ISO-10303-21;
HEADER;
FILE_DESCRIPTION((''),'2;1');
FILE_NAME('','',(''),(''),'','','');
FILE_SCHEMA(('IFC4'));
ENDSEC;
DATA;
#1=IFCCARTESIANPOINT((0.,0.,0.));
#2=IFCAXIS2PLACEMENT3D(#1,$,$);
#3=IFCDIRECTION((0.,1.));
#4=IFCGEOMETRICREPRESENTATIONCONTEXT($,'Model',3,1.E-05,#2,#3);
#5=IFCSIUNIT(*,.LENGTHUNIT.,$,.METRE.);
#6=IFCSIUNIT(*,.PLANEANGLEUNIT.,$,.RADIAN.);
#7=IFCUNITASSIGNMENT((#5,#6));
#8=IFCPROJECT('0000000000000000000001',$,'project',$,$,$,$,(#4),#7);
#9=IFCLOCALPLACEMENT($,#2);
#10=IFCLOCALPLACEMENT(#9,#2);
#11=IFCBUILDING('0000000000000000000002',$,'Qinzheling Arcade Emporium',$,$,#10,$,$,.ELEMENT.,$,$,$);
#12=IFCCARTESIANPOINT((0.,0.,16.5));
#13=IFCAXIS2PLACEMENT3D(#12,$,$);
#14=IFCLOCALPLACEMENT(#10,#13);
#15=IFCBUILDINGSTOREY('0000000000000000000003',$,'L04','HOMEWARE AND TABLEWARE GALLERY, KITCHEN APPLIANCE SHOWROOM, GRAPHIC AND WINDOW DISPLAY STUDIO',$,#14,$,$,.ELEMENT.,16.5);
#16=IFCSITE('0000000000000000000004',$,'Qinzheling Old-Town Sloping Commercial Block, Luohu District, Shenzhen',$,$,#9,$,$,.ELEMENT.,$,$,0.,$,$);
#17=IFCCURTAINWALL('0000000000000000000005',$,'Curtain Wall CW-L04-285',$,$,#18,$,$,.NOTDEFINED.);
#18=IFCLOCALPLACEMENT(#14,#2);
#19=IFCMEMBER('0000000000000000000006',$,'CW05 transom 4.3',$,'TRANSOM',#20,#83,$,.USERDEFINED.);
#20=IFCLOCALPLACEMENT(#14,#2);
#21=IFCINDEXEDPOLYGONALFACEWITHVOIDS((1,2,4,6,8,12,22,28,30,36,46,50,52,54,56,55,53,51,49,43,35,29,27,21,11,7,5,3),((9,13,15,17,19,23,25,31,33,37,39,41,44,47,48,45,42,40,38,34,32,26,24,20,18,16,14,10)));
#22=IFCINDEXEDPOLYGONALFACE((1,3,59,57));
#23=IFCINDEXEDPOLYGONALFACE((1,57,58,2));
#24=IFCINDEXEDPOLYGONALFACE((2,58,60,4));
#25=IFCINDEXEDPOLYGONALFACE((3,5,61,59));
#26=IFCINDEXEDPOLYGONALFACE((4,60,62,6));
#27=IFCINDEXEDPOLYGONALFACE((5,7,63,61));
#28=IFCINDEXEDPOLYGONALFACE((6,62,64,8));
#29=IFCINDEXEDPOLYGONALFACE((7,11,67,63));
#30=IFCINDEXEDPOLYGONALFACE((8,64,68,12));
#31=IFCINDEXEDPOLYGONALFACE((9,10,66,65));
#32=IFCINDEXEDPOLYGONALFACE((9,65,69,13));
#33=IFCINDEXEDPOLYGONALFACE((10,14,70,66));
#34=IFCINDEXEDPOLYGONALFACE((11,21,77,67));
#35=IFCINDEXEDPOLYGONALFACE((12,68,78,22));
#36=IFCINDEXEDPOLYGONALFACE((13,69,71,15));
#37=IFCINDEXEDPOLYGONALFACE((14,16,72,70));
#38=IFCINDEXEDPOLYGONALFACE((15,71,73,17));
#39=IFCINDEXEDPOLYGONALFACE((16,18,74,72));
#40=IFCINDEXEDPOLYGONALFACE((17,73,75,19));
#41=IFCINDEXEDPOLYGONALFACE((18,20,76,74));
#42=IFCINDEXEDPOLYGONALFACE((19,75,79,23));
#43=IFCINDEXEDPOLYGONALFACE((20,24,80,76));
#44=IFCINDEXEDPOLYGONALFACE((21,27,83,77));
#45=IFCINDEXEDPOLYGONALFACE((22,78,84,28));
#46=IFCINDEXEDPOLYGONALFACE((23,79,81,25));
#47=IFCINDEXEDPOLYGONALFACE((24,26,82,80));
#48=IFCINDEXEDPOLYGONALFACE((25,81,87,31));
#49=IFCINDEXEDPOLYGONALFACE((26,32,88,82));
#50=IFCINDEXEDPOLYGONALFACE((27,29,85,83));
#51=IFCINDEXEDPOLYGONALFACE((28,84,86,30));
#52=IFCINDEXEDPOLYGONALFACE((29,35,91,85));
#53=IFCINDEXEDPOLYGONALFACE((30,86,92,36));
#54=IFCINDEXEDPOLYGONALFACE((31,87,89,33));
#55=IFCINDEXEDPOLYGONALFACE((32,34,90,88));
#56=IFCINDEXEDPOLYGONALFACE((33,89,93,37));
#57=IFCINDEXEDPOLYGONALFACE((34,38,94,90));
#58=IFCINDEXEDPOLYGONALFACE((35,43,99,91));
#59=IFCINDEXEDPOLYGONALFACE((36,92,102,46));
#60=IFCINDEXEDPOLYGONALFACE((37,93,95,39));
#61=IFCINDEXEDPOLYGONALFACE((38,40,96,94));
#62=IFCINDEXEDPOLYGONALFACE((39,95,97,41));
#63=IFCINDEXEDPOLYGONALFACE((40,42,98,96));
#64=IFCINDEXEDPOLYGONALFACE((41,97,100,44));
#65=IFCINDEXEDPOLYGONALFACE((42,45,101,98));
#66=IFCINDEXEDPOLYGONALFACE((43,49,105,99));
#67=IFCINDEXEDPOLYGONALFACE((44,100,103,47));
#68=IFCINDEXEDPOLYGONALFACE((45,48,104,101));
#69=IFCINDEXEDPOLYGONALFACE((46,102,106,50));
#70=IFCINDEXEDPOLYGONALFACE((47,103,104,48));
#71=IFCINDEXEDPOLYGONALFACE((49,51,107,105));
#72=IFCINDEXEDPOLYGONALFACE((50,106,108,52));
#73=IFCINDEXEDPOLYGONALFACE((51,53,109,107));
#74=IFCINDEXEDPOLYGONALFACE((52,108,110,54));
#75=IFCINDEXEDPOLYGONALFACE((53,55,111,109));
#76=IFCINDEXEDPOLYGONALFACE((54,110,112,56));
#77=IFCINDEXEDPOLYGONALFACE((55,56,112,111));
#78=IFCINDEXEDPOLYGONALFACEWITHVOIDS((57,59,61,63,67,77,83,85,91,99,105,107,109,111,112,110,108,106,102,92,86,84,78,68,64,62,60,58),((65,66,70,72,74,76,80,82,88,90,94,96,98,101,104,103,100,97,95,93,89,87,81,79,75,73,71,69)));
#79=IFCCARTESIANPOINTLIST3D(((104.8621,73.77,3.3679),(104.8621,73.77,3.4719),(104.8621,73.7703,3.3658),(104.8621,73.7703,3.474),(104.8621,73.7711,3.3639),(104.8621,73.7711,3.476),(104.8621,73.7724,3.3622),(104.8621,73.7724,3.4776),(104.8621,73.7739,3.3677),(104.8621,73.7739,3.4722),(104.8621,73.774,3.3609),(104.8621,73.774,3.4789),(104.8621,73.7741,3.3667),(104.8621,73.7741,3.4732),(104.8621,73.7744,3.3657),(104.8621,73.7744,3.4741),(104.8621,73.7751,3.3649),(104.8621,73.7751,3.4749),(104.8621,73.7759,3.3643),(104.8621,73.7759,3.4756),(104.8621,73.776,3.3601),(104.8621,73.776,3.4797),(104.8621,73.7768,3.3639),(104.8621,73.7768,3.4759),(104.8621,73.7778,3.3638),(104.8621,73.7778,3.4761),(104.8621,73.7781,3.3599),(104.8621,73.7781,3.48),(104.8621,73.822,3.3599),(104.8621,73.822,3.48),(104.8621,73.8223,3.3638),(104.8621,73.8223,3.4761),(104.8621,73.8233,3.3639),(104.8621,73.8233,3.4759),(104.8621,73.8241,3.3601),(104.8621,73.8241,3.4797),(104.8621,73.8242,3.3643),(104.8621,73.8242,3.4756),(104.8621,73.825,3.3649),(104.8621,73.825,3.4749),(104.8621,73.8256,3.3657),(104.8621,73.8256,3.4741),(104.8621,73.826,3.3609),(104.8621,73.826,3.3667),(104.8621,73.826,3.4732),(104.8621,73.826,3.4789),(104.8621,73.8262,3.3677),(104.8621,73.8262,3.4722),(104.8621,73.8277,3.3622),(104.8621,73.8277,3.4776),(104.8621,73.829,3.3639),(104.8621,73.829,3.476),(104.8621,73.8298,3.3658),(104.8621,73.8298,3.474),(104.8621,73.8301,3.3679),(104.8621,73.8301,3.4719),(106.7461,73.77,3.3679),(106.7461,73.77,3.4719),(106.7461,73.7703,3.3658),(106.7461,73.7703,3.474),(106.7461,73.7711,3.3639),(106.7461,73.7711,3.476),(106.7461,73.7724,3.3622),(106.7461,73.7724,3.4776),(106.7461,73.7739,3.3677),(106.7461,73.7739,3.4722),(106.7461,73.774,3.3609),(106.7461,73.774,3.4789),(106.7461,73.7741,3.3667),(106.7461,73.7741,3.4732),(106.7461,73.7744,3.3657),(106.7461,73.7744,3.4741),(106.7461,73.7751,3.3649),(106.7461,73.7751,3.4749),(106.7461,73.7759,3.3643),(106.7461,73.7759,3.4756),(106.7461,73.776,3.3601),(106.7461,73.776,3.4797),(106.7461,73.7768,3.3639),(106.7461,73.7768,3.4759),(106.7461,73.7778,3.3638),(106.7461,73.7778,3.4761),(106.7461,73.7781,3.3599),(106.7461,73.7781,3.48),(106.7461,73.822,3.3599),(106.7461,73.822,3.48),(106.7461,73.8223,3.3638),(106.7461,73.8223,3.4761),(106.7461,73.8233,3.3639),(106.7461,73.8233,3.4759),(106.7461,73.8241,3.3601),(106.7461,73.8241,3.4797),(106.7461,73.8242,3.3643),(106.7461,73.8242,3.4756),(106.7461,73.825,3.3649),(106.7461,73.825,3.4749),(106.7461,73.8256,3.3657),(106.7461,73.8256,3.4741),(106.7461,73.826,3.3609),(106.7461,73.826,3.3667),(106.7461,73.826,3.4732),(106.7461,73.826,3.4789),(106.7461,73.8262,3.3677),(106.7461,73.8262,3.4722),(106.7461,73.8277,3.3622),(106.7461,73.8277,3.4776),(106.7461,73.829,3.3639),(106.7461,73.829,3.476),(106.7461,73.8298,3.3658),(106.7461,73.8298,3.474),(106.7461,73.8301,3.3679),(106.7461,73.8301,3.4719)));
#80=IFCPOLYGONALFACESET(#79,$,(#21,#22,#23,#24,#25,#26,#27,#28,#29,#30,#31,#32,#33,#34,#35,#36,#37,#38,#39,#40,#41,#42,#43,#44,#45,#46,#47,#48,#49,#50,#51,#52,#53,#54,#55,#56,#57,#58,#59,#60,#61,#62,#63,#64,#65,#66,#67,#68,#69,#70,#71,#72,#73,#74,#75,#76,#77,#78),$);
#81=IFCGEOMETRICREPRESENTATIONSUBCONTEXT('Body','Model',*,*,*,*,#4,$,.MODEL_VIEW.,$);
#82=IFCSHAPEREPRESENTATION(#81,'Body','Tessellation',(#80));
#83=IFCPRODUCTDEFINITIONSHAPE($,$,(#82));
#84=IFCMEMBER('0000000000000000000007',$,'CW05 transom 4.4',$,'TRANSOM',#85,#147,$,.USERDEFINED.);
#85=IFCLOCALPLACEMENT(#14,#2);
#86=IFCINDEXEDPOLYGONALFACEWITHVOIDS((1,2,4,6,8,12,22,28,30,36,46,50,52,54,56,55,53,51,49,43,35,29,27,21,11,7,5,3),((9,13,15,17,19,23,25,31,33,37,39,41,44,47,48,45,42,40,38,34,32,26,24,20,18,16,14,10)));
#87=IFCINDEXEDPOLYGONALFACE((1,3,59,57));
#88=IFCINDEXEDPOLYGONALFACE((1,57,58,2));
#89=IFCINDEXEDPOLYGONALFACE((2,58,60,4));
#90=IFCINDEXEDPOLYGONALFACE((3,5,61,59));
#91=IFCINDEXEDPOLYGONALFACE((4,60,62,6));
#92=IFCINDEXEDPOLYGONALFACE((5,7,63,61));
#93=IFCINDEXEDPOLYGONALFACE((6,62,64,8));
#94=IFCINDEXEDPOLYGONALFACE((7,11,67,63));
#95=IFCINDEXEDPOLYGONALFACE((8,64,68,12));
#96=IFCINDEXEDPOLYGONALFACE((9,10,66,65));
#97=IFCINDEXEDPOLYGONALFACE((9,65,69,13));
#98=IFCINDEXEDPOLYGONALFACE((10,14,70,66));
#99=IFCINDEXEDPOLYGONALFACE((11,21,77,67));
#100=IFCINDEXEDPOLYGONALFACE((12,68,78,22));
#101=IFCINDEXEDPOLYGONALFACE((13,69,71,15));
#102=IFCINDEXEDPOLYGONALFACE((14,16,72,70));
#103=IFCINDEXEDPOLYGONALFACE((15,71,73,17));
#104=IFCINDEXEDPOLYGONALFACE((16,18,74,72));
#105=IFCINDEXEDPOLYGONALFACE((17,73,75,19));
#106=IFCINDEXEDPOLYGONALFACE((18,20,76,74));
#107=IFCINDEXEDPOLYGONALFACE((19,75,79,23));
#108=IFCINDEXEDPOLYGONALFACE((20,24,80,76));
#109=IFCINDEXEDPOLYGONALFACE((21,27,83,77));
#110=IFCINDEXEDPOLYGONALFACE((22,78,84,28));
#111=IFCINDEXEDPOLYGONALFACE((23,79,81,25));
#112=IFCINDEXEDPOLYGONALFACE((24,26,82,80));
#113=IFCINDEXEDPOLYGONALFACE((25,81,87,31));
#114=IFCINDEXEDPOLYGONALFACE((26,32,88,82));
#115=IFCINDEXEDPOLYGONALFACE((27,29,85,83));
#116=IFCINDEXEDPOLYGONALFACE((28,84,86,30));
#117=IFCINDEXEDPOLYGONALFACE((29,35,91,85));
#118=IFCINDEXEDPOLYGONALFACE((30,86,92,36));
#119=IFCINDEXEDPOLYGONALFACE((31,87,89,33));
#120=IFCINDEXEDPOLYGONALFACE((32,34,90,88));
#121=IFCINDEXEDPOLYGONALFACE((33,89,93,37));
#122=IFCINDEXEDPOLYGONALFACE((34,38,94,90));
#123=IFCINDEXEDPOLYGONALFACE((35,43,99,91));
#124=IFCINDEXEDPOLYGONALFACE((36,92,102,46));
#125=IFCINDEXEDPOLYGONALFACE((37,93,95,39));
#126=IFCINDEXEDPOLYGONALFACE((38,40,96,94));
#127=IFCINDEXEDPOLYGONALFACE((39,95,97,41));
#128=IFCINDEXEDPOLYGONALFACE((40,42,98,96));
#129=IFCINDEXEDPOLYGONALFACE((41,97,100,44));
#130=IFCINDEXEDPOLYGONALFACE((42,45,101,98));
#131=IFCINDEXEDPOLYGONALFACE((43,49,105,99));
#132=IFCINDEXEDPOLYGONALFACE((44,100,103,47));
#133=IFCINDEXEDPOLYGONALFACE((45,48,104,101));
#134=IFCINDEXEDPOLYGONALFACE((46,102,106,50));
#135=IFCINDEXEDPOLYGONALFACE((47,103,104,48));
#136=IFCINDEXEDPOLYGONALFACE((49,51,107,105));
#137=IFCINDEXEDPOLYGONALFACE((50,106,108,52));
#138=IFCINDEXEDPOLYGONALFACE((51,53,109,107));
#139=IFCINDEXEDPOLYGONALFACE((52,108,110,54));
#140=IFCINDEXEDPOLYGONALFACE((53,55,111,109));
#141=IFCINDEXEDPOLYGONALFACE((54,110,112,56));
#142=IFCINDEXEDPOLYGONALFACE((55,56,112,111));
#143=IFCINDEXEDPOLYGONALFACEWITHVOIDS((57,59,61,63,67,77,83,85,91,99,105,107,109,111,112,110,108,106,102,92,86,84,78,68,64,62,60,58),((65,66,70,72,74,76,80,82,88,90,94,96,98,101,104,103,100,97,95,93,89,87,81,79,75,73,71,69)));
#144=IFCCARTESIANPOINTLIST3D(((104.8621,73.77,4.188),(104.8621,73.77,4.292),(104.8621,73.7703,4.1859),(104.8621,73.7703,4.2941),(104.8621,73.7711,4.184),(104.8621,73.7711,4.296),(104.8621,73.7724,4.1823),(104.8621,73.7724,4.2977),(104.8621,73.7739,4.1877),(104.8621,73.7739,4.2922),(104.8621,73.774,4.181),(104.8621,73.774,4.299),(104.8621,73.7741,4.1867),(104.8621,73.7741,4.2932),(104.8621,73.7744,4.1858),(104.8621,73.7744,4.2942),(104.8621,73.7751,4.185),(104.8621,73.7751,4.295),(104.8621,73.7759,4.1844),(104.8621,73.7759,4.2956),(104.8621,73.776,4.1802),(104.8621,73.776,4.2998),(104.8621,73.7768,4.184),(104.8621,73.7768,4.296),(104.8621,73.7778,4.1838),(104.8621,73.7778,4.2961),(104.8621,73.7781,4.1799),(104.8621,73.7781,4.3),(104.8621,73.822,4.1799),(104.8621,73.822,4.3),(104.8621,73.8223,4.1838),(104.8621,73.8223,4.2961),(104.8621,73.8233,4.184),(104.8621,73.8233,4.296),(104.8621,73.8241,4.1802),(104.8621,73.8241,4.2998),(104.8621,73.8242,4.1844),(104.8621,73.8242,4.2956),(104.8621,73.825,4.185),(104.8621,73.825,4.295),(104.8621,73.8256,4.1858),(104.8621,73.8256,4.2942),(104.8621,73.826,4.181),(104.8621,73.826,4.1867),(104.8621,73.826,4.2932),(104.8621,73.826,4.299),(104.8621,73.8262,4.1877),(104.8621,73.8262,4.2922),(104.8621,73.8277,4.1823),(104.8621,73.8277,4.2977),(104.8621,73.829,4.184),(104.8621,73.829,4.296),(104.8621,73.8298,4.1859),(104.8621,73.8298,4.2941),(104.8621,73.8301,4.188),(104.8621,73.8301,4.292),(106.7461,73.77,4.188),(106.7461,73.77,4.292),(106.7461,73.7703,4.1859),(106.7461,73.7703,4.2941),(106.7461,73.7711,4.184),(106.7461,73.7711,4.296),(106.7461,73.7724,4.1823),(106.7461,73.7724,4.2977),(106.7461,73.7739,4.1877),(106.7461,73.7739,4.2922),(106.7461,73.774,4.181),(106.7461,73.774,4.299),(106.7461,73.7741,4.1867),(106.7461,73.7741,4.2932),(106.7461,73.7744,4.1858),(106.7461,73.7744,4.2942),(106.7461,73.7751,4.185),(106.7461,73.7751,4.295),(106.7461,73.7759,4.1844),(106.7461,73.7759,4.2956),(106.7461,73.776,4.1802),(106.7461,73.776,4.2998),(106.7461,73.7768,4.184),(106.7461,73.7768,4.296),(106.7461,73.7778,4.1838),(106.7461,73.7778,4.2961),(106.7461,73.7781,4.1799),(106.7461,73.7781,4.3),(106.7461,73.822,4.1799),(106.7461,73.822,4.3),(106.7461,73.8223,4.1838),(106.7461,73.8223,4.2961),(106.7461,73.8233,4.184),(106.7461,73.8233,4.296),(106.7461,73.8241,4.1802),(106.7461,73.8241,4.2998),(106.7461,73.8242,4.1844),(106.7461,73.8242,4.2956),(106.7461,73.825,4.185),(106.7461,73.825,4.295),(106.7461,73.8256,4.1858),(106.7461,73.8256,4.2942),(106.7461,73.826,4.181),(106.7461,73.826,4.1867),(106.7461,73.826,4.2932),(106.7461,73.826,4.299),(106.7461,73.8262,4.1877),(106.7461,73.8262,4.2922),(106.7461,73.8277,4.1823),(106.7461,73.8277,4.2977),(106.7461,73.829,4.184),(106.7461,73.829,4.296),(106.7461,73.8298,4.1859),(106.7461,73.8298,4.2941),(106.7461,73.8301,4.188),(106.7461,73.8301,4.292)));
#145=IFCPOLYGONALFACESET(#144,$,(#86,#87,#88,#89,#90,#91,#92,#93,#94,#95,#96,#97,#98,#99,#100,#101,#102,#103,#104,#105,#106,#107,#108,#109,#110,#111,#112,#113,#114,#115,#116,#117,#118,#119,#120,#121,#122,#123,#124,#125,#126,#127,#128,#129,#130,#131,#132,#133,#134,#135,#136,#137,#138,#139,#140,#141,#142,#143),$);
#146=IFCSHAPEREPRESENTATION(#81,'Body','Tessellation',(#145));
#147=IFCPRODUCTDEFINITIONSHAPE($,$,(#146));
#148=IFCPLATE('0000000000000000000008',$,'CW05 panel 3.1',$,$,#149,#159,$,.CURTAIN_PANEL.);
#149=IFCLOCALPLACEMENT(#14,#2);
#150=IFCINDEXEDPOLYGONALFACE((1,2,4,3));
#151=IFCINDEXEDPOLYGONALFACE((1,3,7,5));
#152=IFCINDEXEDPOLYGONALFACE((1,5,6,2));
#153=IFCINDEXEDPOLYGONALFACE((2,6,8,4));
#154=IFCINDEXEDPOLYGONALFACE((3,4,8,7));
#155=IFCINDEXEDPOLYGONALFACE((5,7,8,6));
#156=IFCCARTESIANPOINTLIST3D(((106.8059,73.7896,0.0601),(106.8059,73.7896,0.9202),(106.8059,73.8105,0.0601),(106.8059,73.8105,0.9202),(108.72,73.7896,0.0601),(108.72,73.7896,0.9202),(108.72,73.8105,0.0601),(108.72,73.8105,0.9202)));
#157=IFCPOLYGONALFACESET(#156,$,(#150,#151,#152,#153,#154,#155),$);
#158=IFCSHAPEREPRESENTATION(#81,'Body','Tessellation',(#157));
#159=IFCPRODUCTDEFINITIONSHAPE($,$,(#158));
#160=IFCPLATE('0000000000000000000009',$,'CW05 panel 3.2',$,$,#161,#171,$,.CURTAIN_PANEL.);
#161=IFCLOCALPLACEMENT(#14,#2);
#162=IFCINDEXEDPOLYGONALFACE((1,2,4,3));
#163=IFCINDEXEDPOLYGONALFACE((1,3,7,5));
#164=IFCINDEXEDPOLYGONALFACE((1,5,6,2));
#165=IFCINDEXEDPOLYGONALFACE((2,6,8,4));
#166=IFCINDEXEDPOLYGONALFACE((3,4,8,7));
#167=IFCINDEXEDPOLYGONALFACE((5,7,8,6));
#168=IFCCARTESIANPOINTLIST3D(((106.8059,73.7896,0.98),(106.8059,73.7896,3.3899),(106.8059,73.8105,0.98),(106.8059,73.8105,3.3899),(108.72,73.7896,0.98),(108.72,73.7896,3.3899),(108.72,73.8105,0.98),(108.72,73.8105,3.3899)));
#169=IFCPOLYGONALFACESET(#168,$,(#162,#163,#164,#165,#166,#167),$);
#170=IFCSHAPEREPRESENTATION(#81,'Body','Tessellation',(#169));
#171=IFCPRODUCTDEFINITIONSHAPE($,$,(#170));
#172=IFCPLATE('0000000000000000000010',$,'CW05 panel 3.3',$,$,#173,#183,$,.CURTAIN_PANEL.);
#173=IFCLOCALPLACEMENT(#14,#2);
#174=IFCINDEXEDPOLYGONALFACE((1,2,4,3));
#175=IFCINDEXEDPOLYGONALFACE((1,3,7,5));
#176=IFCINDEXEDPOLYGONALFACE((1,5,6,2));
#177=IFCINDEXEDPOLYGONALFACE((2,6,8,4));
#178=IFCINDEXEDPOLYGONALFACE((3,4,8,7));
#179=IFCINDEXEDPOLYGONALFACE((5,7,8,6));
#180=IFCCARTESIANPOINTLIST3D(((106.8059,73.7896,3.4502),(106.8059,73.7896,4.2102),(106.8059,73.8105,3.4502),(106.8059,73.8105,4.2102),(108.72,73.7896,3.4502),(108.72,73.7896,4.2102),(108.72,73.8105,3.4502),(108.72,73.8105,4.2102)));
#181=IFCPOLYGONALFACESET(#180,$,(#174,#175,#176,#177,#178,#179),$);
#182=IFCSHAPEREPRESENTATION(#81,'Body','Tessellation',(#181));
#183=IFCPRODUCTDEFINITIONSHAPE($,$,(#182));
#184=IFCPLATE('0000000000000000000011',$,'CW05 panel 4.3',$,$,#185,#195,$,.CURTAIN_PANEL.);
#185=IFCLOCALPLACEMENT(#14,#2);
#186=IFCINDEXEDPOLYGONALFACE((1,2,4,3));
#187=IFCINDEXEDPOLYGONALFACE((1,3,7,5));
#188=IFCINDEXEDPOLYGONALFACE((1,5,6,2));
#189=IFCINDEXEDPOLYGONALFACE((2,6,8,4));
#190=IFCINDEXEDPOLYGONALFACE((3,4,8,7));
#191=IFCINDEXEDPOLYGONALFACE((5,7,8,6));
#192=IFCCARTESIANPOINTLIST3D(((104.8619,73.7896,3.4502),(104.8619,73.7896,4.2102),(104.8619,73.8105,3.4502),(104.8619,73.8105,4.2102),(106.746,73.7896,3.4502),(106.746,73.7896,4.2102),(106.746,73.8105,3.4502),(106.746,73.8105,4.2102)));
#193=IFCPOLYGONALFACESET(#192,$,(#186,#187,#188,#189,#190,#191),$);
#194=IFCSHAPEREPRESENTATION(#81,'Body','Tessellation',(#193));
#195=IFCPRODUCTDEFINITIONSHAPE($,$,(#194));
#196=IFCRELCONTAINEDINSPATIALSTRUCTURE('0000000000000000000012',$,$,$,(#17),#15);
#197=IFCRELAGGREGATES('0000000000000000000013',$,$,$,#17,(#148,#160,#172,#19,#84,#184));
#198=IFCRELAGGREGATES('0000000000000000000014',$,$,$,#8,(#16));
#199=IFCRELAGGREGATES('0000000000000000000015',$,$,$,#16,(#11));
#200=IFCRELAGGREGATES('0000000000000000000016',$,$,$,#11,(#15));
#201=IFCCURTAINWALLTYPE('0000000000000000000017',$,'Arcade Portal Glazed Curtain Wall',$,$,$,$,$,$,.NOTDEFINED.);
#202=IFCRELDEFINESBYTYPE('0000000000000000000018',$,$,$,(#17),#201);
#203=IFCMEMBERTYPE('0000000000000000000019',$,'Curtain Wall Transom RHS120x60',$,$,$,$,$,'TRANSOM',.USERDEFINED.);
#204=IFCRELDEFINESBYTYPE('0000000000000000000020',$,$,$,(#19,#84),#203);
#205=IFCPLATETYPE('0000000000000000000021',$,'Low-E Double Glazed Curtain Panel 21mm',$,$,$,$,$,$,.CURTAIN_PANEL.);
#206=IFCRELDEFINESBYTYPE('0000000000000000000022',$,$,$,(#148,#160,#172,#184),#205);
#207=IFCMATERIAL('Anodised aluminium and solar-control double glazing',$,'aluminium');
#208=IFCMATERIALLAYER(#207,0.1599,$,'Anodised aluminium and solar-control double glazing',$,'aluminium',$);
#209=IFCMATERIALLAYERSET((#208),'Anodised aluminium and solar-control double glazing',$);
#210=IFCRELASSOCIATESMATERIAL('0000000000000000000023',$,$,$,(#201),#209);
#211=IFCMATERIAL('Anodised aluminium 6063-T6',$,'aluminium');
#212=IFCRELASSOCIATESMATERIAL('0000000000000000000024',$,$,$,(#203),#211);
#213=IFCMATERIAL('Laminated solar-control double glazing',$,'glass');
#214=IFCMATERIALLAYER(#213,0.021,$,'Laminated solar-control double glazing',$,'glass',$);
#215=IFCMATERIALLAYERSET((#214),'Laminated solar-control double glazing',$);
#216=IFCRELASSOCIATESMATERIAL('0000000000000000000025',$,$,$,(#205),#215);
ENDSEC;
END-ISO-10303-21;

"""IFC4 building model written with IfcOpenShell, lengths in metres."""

from ifc_helpers import new_model, si_unit, direction, frame, origin, origin_2d, place, context, subcontext, project, spatial, rectangle, hollow_rectangle, extrude, material, layer, layer_set, material_profile, profile_set, type_object, element, aggregate, save


model = new_model("IFC4")

# Units and contexts
model_context = context("Model", 3, precision=1e-05, world=origin(), true_north=direction((0.0, 1.0)))
body_context = subcontext(model_context, "Body", "Model", "MODEL_VIEW")
ifc_project = project(units=[si_unit("LENGTHUNIT", "METRE"), si_unit("PLANEANGLEUNIT", "RADIAN")], contexts=[model_context])

# Site, building, storey
site_placement = place(None, origin())
site = spatial("IfcSite", under=ifc_project, at=site_placement, Name="Qinzheling Old-Town Sloping Commercial Block, Luohu District, Shenzhen", CompositionType="ELEMENT", RefElevation=0.0)
building_placement = place(site_placement, origin())
building = spatial("IfcBuilding", under=site, at=building_placement, Name="Qinzheling Arcade Emporium", CompositionType="ELEMENT")
storey_placement = place(building_placement, frame((0.0, 0.0, 16.5)))
storey = spatial("IfcBuildingStorey", under=building, at=storey_placement, Name="L04", Description="HOMEWARE AND TABLEWARE GALLERY, KITCHEN APPLIANCE SHOWROOM, GRAPHIC AND WINDOW DISPLAY STUDIO", CompositionType="ELEMENT", Elevation=16.5)

# Curtain wall, members, plates
ifc_material_1 = material(Name="Anodised aluminium and solar-control double glazing", Category="aluminium")
ifc_layer_1 = layer(ifc_material_1, 0.1599, Name="Anodised aluminium and solar-control double glazing", Category="aluminium")
ifc_layer_set_1 = layer_set([ifc_layer_1], Name="Anodised aluminium and solar-control double glazing")
curtain_wall_type = type_object("IfcCurtainWallType", Name="Arcade Portal Glazed Curtain Wall", PredefinedType="NOTDEFINED", material=ifc_layer_set_1)
curtain_wall_placement = place(storey_placement, origin())
curtain_wall = element("IfcCurtainWall", 1, at=curtain_wall_placement, inside=storey, type_object=curtain_wall_type, Name="Curtain Wall CW-L04-285", PredefinedType="NOTDEFINED")
ifc_material_2 = material(Name="Anodised aluminium 6063-T6", Category="aluminium")
ifc_material_profile_1 = material_profile(ifc_material_2, hollow_rectangle(XDim=0.0601, YDim=0.1201, WallThickness=0.0039, InnerFilletRadius=0.0039, OuterFilletRadius=0.0081, at=origin_2d()), Name="RHS 120x60x4", Category="aluminium")
ifc_profile_set_1 = profile_set([ifc_material_profile_1], Name="Anodised aluminium 6063-T6")
member_type_1 = type_object("IfcMemberType", Name="Curtain Wall Transom RHS120x60", ElementType="TRANSOM", PredefinedType="USERDEFINED", material=ifc_profile_set_1)
member_1_placement = place(storey_placement, frame((106.7461, 73.8, 3.4199), z_axis=(-1.0, 0.0, 0.0), x_axis=(0.0, -1.0, 0.0)))
member_1 = element("IfcMember", 2, at=member_1_placement, type_object=member_type_1, Name="CW05 transom 4.3", ObjectType="TRANSOM", PredefinedType="USERDEFINED", context=body_context, shape_type="SweptSolid", body=[
    extrude(hollow_rectangle(XDim=0.0601, YDim=0.1201, WallThickness=0.0039, InnerFilletRadius=0.0039, OuterFilletRadius=0.0081, at=origin_2d()), origin(), (0.0, 0.0, 1.0), 1.884),
])
member_2_placement = place(storey_placement, frame((106.7461, 73.8, 4.24), z_axis=(-1.0, 0.0, 0.0), x_axis=(0.0, -1.0, 0.0)))
member_2 = element("IfcMember", 3, at=member_2_placement, type_object=member_type_1, Name="CW05 transom 4.4", ObjectType="TRANSOM", PredefinedType="USERDEFINED", context=body_context, shape_type="SweptSolid", body=[
    extrude(hollow_rectangle(XDim=0.0601, YDim=0.1201, WallThickness=0.0039, InnerFilletRadius=0.0039, OuterFilletRadius=0.0081, at=origin_2d()), origin(), (0.0, 0.0, 1.0), 1.884),
])
ifc_material_3 = material(Name="Laminated solar-control double glazing", Category="glass")
ifc_layer_2 = layer(ifc_material_3, 0.021, Name="Laminated solar-control double glazing", Category="glass")
ifc_layer_set_2 = layer_set([ifc_layer_2], Name="Laminated solar-control double glazing")
plate_type = type_object("IfcPlateType", Name="Low-E Double Glazed Curtain Panel 21mm", PredefinedType="CURTAIN_PANEL", material=ifc_layer_set_2)
plate_1_placement = place(storey_placement, frame((107.7629, 73.8, 0.0601), z_axis=(0.0, 0.0, 1.0), x_axis=(-1.0, 0.0, 0.0)))
plate_1 = element("IfcPlate", 4, at=plate_1_placement, type_object=plate_type, Name="CW05 panel 3.1", PredefinedType="CURTAIN_PANEL", context=body_context, shape_type="SweptSolid", body=[
    extrude(rectangle(XDim=1.9141, YDim=0.021, at=origin_2d()), origin(), (0.0, 0.0, 1.0), 0.8601),
])
plate_2_placement = place(storey_placement, frame((107.7629, 73.8, 0.98), z_axis=(0.0, 0.0, 1.0), x_axis=(-1.0, 0.0, 0.0)))
plate_2 = element("IfcPlate", 5, at=plate_2_placement, type_object=plate_type, Name="CW05 panel 3.2", PredefinedType="CURTAIN_PANEL", context=body_context, shape_type="SweptSolid", body=[
    extrude(rectangle(XDim=1.9141, YDim=0.021, at=origin_2d()), origin(), (0.0, 0.0, 1.0), 2.4099),
])
plate_3_placement = place(storey_placement, frame((107.7629, 73.8, 3.4502), z_axis=(0.0, 0.0, 1.0), x_axis=(-1.0, 0.0, 0.0)))
plate_3 = element("IfcPlate", 6, at=plate_3_placement, type_object=plate_type, Name="CW05 panel 3.3", PredefinedType="CURTAIN_PANEL", context=body_context, shape_type="SweptSolid", body=[
    extrude(rectangle(XDim=1.9141, YDim=0.021, at=origin_2d()), origin(), (0.0, 0.0, 1.0), 0.76),
])
plate_4_placement = place(storey_placement, frame((105.804, 73.8, 3.4502), z_axis=(0.0, 0.0, 1.0), x_axis=(-1.0, 0.0, 0.0)))
plate_4 = element("IfcPlate", 7, at=plate_4_placement, type_object=plate_type, Name="CW05 panel 4.3", PredefinedType="CURTAIN_PANEL", context=body_context, shape_type="SweptSolid", body=[
    extrude(rectangle(XDim=1.884, YDim=0.021, at=origin_2d()), origin(), (0.0, 0.0, 1.0), 0.76),
])
aggregate(curtain_wall, [plate_1, plate_2, plate_3, member_1, member_2, plate_4])

save(model, "model.ifc")
